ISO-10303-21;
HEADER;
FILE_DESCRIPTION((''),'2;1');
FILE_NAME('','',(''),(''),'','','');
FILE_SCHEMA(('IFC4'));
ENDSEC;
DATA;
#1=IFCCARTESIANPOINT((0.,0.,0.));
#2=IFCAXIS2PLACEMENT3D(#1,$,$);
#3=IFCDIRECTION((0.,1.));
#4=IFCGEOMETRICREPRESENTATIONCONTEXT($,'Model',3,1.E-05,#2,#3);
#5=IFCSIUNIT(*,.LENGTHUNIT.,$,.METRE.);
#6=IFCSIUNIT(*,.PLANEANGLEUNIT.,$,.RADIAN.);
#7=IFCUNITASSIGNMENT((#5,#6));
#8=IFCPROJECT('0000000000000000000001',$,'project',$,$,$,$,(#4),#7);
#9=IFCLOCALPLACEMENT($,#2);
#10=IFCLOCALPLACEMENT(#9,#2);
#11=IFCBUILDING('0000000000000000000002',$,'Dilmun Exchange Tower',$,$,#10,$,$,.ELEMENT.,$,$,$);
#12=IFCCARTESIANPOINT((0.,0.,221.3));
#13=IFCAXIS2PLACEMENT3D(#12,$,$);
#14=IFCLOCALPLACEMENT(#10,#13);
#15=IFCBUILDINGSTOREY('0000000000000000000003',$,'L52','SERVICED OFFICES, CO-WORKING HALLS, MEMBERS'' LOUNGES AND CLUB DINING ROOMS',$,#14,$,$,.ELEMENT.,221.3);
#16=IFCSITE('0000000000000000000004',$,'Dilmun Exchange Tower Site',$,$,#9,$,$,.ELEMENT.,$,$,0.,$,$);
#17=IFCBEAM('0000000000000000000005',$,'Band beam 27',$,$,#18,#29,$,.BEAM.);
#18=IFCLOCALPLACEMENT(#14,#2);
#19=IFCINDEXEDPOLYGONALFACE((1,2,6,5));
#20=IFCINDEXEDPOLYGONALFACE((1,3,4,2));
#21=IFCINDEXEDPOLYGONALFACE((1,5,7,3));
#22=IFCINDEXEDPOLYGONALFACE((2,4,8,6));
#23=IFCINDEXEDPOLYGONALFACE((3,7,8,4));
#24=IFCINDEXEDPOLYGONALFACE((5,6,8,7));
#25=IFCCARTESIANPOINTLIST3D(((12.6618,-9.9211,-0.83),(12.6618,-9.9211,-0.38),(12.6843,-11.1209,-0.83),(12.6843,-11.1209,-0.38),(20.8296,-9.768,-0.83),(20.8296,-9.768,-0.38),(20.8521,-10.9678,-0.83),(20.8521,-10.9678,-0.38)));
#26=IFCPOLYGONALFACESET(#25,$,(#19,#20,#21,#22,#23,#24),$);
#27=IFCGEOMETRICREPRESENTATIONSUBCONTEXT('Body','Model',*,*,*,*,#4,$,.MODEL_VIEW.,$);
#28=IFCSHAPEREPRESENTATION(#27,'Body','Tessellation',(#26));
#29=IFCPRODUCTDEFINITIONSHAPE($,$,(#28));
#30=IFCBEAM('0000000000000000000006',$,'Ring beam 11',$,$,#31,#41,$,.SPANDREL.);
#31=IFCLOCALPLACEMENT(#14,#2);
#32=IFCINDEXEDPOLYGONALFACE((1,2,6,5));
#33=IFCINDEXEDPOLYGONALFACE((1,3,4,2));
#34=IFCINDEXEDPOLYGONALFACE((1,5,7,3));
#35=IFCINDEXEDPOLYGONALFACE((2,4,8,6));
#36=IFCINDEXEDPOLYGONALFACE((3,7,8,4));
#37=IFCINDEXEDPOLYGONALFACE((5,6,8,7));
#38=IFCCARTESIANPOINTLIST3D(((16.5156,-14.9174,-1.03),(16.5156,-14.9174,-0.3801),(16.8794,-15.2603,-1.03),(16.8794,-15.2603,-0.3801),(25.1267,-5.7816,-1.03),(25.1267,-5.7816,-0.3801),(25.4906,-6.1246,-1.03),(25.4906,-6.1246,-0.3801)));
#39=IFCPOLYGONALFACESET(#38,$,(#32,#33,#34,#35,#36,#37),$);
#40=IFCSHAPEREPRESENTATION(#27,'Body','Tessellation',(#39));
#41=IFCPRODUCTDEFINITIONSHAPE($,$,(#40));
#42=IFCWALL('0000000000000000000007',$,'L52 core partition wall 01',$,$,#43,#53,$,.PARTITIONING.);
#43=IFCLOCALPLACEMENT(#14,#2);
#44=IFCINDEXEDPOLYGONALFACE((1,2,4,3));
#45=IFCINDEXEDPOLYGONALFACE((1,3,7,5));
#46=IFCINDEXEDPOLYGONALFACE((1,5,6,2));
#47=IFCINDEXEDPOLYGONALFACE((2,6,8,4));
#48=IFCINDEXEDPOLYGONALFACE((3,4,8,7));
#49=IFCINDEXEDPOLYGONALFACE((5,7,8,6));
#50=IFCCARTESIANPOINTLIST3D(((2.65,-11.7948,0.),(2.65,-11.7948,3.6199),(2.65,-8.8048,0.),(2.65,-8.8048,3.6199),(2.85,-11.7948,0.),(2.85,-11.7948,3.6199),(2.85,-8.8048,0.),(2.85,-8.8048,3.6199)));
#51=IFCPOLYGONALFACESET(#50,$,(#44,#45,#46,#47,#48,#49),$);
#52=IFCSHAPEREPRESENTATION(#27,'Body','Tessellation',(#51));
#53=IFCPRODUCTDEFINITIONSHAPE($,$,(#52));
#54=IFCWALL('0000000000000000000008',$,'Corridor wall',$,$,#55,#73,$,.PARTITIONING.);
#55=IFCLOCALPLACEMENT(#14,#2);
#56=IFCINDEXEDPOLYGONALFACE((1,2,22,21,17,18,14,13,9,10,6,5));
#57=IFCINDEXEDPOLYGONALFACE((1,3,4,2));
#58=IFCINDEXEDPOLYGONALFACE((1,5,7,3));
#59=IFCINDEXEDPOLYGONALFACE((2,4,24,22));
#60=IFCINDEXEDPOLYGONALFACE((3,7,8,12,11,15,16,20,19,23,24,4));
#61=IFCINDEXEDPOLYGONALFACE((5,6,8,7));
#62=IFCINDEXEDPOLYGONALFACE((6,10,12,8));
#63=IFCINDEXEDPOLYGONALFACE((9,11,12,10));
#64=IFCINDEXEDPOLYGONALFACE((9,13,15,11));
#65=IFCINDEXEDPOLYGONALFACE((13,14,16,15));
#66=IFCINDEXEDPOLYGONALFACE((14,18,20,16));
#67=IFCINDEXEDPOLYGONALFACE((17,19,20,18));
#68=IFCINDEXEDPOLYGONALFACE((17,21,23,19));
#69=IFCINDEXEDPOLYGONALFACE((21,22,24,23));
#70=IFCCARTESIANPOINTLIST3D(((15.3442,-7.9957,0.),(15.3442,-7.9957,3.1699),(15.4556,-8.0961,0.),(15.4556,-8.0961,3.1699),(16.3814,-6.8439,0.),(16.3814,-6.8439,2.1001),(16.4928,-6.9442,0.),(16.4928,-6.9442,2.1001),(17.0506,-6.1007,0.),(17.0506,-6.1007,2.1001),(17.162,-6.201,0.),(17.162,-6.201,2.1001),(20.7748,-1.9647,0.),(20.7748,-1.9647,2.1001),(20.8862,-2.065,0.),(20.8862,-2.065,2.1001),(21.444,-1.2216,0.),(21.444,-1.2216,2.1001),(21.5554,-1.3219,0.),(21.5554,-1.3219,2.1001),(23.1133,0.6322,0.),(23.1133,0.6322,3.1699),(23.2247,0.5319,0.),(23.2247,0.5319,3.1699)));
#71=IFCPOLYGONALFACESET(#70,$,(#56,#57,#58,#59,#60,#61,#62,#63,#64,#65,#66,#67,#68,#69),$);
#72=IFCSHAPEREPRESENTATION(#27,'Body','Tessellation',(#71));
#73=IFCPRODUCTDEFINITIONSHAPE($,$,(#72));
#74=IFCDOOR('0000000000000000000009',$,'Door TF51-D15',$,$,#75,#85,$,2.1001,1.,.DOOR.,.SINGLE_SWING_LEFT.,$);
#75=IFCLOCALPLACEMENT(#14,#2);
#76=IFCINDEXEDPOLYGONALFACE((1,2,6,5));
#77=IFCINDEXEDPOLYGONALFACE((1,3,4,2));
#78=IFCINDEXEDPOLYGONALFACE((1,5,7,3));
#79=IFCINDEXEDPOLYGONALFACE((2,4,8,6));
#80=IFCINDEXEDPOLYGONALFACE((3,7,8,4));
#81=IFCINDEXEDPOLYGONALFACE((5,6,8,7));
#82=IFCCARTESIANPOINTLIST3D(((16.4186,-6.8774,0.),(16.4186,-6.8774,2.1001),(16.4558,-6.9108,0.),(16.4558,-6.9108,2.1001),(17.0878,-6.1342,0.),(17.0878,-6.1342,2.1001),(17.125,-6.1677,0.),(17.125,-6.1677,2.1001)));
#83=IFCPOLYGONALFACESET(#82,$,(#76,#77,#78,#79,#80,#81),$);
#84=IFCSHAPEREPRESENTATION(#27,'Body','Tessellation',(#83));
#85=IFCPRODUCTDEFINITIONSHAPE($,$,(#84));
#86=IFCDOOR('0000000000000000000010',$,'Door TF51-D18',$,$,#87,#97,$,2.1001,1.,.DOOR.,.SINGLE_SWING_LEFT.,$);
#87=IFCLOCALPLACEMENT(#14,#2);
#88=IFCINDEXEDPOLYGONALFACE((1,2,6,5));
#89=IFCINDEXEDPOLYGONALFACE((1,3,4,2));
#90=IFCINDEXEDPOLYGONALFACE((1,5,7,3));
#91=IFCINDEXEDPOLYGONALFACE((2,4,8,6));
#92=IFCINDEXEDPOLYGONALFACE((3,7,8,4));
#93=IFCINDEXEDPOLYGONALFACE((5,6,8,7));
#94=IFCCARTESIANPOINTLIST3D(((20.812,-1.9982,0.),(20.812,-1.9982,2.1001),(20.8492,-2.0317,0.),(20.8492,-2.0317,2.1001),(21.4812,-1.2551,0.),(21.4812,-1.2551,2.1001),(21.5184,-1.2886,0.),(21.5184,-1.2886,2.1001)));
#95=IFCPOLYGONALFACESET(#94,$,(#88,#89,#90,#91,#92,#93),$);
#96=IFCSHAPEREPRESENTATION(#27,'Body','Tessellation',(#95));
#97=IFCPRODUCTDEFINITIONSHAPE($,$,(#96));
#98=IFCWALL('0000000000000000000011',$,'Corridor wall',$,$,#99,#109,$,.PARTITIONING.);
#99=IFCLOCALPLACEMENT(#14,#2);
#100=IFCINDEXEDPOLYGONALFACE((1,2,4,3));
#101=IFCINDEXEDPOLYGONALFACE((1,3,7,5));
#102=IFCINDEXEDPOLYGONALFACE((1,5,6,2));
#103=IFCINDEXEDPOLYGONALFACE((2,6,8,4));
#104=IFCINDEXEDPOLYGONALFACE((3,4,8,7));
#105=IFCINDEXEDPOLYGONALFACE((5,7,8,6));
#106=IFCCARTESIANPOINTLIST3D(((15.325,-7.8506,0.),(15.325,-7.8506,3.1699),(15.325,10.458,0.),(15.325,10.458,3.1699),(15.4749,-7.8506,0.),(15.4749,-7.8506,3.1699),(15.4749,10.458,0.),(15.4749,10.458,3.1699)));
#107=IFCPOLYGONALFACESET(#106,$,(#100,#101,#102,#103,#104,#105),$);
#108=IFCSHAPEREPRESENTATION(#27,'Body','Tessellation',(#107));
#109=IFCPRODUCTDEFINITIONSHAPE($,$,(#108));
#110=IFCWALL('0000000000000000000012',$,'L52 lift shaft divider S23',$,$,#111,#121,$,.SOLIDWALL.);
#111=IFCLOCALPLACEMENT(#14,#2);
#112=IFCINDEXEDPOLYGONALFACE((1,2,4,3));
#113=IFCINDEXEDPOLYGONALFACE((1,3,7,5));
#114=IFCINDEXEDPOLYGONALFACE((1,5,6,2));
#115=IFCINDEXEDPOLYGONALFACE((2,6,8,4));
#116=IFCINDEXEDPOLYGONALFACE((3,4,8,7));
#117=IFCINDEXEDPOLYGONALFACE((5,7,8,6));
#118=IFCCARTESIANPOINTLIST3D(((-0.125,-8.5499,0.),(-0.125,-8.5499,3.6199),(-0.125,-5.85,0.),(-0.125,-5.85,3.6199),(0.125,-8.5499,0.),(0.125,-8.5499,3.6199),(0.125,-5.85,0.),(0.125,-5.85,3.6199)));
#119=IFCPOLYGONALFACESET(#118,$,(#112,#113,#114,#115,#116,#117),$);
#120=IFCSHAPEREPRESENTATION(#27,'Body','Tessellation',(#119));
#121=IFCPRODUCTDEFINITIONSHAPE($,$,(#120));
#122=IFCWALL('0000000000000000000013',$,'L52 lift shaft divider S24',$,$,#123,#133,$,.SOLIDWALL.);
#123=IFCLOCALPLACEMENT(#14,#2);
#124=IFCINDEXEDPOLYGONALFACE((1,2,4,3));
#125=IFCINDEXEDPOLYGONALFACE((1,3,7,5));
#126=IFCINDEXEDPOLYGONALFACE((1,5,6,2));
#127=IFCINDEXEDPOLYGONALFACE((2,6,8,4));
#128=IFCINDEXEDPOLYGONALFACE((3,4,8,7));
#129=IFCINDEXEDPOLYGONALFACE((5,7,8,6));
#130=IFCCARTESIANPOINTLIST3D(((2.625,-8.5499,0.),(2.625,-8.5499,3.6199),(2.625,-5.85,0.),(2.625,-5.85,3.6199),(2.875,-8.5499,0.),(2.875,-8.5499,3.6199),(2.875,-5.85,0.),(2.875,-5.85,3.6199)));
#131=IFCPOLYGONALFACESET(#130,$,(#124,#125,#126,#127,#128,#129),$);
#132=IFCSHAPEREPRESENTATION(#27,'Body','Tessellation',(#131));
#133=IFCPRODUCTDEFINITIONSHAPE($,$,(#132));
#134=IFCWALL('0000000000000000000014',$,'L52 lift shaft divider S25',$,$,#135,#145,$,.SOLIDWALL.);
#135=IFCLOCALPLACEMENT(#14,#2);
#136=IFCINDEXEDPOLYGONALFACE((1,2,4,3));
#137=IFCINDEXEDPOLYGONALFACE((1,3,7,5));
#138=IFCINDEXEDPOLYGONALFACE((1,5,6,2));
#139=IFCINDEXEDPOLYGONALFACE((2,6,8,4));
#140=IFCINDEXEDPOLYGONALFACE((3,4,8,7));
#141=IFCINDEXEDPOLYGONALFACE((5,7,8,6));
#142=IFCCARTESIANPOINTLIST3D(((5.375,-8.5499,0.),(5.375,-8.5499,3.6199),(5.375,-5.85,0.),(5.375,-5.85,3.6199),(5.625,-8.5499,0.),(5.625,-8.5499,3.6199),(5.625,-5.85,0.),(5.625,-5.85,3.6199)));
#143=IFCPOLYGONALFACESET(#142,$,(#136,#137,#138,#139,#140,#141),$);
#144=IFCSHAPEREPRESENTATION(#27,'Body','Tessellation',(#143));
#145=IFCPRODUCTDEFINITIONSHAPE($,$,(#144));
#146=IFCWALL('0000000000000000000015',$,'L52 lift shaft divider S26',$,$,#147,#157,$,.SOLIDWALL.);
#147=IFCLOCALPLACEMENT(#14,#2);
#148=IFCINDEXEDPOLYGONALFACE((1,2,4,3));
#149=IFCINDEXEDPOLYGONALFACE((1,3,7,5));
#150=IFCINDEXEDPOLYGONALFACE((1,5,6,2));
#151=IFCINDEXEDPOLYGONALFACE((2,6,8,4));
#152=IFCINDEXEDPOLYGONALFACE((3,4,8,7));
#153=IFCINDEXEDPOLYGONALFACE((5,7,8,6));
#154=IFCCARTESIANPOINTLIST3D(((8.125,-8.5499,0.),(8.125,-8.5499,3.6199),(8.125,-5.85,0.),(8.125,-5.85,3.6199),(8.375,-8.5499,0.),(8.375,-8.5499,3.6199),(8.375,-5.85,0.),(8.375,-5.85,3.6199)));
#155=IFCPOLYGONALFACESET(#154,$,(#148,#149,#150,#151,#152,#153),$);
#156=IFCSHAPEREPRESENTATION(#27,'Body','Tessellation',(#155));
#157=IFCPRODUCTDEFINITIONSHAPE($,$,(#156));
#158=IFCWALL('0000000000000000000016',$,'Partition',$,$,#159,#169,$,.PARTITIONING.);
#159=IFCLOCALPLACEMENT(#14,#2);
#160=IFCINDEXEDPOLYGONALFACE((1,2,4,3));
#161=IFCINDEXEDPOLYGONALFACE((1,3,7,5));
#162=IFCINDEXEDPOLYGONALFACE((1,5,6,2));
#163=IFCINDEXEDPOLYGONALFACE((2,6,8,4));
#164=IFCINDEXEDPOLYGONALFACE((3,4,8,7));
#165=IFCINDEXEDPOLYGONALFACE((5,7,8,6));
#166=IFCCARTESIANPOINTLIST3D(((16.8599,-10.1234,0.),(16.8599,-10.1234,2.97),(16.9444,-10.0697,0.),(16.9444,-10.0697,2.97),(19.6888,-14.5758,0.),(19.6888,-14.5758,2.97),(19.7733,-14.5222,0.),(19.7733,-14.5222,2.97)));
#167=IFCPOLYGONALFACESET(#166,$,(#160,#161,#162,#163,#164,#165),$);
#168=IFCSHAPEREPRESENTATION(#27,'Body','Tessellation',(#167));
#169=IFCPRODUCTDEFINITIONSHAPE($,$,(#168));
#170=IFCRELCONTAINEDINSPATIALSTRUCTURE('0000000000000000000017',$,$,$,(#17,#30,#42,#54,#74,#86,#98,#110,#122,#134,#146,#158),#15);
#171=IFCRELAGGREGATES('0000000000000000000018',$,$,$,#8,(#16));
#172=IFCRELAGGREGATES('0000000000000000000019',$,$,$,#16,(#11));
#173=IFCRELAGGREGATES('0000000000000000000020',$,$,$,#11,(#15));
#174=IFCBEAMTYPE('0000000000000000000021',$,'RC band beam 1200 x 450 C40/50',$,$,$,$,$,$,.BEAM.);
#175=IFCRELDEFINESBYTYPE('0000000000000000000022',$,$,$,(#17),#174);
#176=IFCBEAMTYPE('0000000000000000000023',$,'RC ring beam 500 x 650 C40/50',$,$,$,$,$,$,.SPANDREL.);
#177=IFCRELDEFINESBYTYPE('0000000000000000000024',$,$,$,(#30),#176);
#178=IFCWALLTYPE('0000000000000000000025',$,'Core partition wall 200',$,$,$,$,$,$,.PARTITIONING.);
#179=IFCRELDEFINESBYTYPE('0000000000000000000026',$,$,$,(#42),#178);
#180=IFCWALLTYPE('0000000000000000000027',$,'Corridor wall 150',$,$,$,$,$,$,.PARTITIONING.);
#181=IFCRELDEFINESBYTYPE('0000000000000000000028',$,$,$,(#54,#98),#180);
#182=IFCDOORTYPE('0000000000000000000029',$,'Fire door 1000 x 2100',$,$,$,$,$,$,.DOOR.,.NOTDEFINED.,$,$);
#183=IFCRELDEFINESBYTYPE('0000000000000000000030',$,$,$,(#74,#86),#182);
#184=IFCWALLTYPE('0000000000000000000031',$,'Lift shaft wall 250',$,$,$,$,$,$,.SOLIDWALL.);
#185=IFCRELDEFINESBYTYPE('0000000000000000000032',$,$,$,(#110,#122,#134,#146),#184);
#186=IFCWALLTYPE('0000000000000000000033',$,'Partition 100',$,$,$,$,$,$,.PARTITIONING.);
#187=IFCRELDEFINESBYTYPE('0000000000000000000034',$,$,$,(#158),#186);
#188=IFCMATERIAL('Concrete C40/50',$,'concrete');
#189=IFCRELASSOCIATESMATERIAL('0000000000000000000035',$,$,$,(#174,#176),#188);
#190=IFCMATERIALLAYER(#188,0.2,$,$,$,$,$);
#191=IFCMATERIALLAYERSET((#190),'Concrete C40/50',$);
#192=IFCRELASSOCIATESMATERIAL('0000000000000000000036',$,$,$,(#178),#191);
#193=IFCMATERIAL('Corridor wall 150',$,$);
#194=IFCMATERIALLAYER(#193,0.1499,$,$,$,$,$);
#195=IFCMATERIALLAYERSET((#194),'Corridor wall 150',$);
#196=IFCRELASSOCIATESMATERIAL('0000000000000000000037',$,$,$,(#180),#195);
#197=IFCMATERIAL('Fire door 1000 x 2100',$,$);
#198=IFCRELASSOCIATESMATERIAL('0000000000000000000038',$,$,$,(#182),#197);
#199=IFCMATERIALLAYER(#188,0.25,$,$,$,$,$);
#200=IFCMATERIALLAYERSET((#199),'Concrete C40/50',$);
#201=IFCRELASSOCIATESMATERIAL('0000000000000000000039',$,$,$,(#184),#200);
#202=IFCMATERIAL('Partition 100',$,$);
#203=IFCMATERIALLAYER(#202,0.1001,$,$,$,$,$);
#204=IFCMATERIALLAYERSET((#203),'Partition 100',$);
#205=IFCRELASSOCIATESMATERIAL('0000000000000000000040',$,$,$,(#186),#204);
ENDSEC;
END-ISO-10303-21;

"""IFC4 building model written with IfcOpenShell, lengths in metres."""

from ifc_helpers import new_model, si_unit, direction, frame, frame_2d, origin, origin_2d, place, context, subcontext, project, spatial, rectangle, extrude, material, layer, layer_set, material_profile, profile_set, type_object, element, fill, save


model = new_model("IFC4")

# Units and contexts
model_context = context("Model", 3, precision=1e-05, world=origin(), true_north=direction((0.0, 1.0)))
body_context = subcontext(model_context, "Body", "Model", "MODEL_VIEW")
ifc_project = project(units=[si_unit("LENGTHUNIT", "METRE"), si_unit("PLANEANGLEUNIT", "RADIAN")], contexts=[model_context])

# Site, building, storey
site_placement = place(None, origin())
site = spatial("IfcSite", under=ifc_project, at=site_placement, Name="Dilmun Exchange Tower Site", CompositionType="ELEMENT", RefElevation=0.0)
building_placement = place(site_placement, origin())
building = spatial("IfcBuilding", under=site, at=building_placement, Name="Dilmun Exchange Tower", CompositionType="ELEMENT")
storey_placement = place(building_placement, frame((0.0, 0.0, 221.3)))
storey = spatial("IfcBuildingStorey", under=building, at=storey_placement, Name="L52", Description="SERVICED OFFICES, CO-WORKING HALLS, MEMBERS' LOUNGES AND CLUB DINING ROOMS", CompositionType="ELEMENT", Elevation=221.3)

# Beams
ifc_material_1 = material(Name="Concrete C40/50", Category="concrete")
ifc_material_profile_1 = material_profile(ifc_material_1, rectangle(XDim=1.2, YDim=0.45, at=origin_2d()), Name="1200 x 450")
ifc_profile_set_1 = profile_set([ifc_material_profile_1], Name="Concrete C40/50")
beam_type_1 = type_object("IfcBeamType", Name="RC band beam 1200 x 450 C40/50", PredefinedType="BEAM", material=ifc_profile_set_1)
beam_1_placement = place(storey_placement, frame((20.8408, -10.3679, -0.605), z_axis=(-0.999824, -0.018738, 0.0), x_axis=(0.018738, -0.999824, 0.0)))
element("IfcBeam", 1, at=beam_1_placement, inside=storey, type_object=beam_type_1, Name="Band beam 27", PredefinedType="BEAM", context=body_context, shape_type="SweptSolid", body=[
    extrude(rectangle(XDim=1.2, YDim=0.45, at=origin_2d()), origin(), (0.0, 0.0, 1.0), 8.1692),
])
ifc_material_profile_2 = material_profile(ifc_material_1, rectangle(XDim=0.5, YDim=0.6499, at=origin_2d()), Name="500 x 650")
ifc_profile_set_2 = profile_set([ifc_material_profile_2], Name="Concrete C40/50")
beam_type_2 = type_object("IfcBeamType", Name="RC ring beam 500 x 650 C40/50", PredefinedType="SPANDREL", material=ifc_profile_set_2)
beam_2_placement = place(storey_placement, frame((16.6975, -15.0889, -0.7051), z_axis=(0.685903, 0.727693, 0.0), x_axis=(-0.727693, 0.685903, 0.0)))
element("IfcBeam", 2, at=beam_2_placement, inside=storey, type_object=beam_type_2, Name="Ring beam 11", PredefinedType="SPANDREL", context=body_context, shape_type="SweptSolid", body=[
    extrude(rectangle(XDim=0.5, YDim=0.6499, at=origin_2d()), origin(), (0.0, 0.0, 1.0), 12.5544),
])

# Wall
ifc_layer_1 = layer(ifc_material_1, 0.2)
ifc_layer_set_1 = layer_set([ifc_layer_1], Name="Concrete C40/50")
wall_type_1 = type_object("IfcWallType", Name="Core partition wall 200", PredefinedType="PARTITIONING", material=ifc_layer_set_1)
wall_1_placement = place(storey_placement, frame((2.75, -11.7949, 0.0), z_axis=(0.0, 0.0, 1.0), x_axis=(0.0, 1.0, 0.0)))
element("IfcWall", 3, at=wall_1_placement, inside=storey, type_object=wall_type_1, Name="L52 core partition wall 01", PredefinedType="PARTITIONING", context=body_context, shape_type="SweptSolid", body=[
    extrude(rectangle(XDim=2.99, YDim=0.2, at=frame_2d((1.4951, 0.0))), origin(), (0.0, 0.0, 1.0), 3.6199),
])

# Wall, openings, doors
ifc_material_2 = material(Name="Corridor wall 150")
ifc_layer_2 = layer(ifc_material_2, 0.1499)
ifc_layer_set_2 = layer_set([ifc_layer_2], Name="Corridor wall 150")
wall_type_2 = type_object("IfcWallType", Name="Corridor wall 150", PredefinedType="PARTITIONING", material=ifc_layer_set_2)
wall_2_placement = place(storey_placement, frame((15.3999, -8.0459, 0.0), z_axis=(0.0, 0.0, 1.0), x_axis=(0.669151, 0.743127, 0.0)))
wall_2 = element("IfcWall", 4, at=wall_2_placement, inside=storey, type_object=wall_type_2, Name="Corridor wall", PredefinedType="PARTITIONING", context=body_context, shape_type="SweptSolid", body=[
    extrude(rectangle(XDim=11.6104, YDim=0.1499, at=frame_2d((5.8052, 0.0))), origin(), (0.0, 0.0, 1.0), 3.1699),
])
opening_1_placement = place(wall_2_placement, frame((1.55, 0.0, 0.0)))
opening_1 = element("IfcOpeningElement", 5, at=opening_1_placement, cuts=wall_2, PredefinedType="OPENING", context=body_context, shape_type="SweptSolid", body=[
    extrude(rectangle(XDim=1.0, YDim=2.1001, at=frame_2d((0.5, 1.05))), frame((0.0, 0.085, 0.0), z_axis=(0.0, -1.0, 0.0), x_axis=(1.0, 0.0, 0.0)), (0.0, 0.0, 1.0), 0.1699),
])
opening_2_placement = place(wall_2_placement, frame((8.1157, 0.0, 0.0)))
opening_2 = element("IfcOpeningElement", 6, at=opening_2_placement, cuts=wall_2, PredefinedType="OPENING", context=body_context, shape_type="SweptSolid", body=[
    extrude(rectangle(XDim=1.0, YDim=2.1001, at=frame_2d((0.5, 1.05))), frame((0.0, 0.085, 0.0), z_axis=(0.0, -1.0, 0.0), x_axis=(1.0, 0.0, 0.0)), (0.0, 0.0, 1.0), 0.1699),
])
ifc_material_3 = material(Name="Fire door 1000 x 2100")
door_type_1 = type_object("IfcDoorType", Name="Fire door 1000 x 2100", OperationType="NOTDEFINED", PredefinedType="DOOR", material=ifc_material_3)
door_1_placement = place(opening_1_placement, origin())
door_1 = element("IfcDoor", 7, at=door_1_placement, inside=storey, type_object=door_type_1, Name="Door TF51-D15", OperationType="SINGLE_SWING_LEFT", OverallHeight=2.1001, OverallWidth=1.0, PredefinedType="DOOR", context=body_context, shape_type="SweptSolid", body=[
    extrude(rectangle(XDim=1.0, YDim=2.1001, at=frame_2d((0.5, 1.05))), frame((0.0, 0.0249, 0.0), z_axis=(0.0, -1.0, 0.0), x_axis=(1.0, 0.0, 0.0)), (0.0, 0.0, 1.0), 0.05),
])
fill(opening_1, door_1)
door_2_placement = place(opening_2_placement, origin())
door_2 = element("IfcDoor", 8, at=door_2_placement, inside=storey, type_object=door_type_1, Name="Door TF51-D18", OperationType="SINGLE_SWING_LEFT", OverallHeight=2.1001, OverallWidth=1.0, PredefinedType="DOOR", context=body_context, shape_type="SweptSolid", body=[
    extrude(rectangle(XDim=1.0, YDim=2.1001, at=frame_2d((0.5, 1.05))), frame((0.0, 0.0249, 0.0), z_axis=(0.0, -1.0, 0.0), x_axis=(1.0, 0.0, 0.0)), (0.0, 0.0, 1.0), 0.05),
])
fill(opening_2, door_2)

# Walls
wall_3_placement = place(storey_placement, frame((15.3999, -7.8506, 0.0), z_axis=(0.0, 0.0, 1.0), x_axis=(0.0, 1.0, 0.0)))
element("IfcWall", 9, at=wall_3_placement, inside=storey, type_object=wall_type_2, Name="Corridor wall", PredefinedType="PARTITIONING", context=body_context, shape_type="SweptSolid", body=[
    extrude(rectangle(XDim=18.3086, YDim=0.1499, at=frame_2d((9.1543, 0.0))), origin(), (0.0, 0.0, 1.0), 3.1699),
])
ifc_layer_3 = layer(ifc_material_1, 0.25)
ifc_layer_set_3 = layer_set([ifc_layer_3], Name="Concrete C40/50")
wall_type_3 = type_object("IfcWallType", Name="Lift shaft wall 250", PredefinedType="SOLIDWALL", material=ifc_layer_set_3)
for number, where, z_axis, x_axis, name in (
    (10, (0.0, -8.55, 0.0), (0.0, 0.0, 1.0), (0.0, 1.0, 0.0), "L52 lift shaft divider S23"),
    (11, (2.75, -8.55, 0.0), (0.0, 0.0, 1.0), (0.0, 1.0, 0.0), "L52 lift shaft divider S24"),
    (12, (5.5, -8.55, 0.0), (0.0, 0.0, 1.0), (0.0, 1.0, 0.0), "L52 lift shaft divider S25"),
    (13, (8.25, -8.55, 0.0), (0.0, 0.0, 1.0), (0.0, 1.0, 0.0), "L52 lift shaft divider S26"),
):
    element("IfcWall", number, at=place(storey_placement, frame(where, z_axis=z_axis, x_axis=x_axis)), inside=storey, type_object=wall_type_3, Name=name, PredefinedType="SOLIDWALL", context=body_context, shape_type="SweptSolid", body=[
        extrude(rectangle(XDim=2.7, YDim=0.25, at=frame_2d((1.3501, 0.0))), origin(), (0.0, 0.0, 1.0), 3.6199),
    ])
ifc_material_4 = material(Name="Partition 100")
ifc_layer_4 = layer(ifc_material_4, 0.1001)
ifc_layer_set_4 = layer_set([ifc_layer_4], Name="Partition 100")
wall_type_4 = type_object("IfcWallType", Name="Partition 100", PredefinedType="PARTITIONING", material=ifc_layer_set_4)
wall_4_placement = place(storey_placement, frame((16.9021, -10.0964, 0.0), z_axis=(0.0, 0.0, 1.0), x_axis=(0.53627, -0.844046, 0.0)))
element("IfcWall", 14, at=wall_4_placement, inside=storey, type_object=wall_type_4, Name="Partition", PredefinedType="PARTITIONING", context=body_context, shape_type="SweptSolid", body=[
    extrude(rectangle(XDim=5.2751, YDim=0.1001, at=frame_2d((2.6377, 0.0))), origin(), (0.0, 0.0, 1.0), 2.97),
])

save(model, "model.ifc")
